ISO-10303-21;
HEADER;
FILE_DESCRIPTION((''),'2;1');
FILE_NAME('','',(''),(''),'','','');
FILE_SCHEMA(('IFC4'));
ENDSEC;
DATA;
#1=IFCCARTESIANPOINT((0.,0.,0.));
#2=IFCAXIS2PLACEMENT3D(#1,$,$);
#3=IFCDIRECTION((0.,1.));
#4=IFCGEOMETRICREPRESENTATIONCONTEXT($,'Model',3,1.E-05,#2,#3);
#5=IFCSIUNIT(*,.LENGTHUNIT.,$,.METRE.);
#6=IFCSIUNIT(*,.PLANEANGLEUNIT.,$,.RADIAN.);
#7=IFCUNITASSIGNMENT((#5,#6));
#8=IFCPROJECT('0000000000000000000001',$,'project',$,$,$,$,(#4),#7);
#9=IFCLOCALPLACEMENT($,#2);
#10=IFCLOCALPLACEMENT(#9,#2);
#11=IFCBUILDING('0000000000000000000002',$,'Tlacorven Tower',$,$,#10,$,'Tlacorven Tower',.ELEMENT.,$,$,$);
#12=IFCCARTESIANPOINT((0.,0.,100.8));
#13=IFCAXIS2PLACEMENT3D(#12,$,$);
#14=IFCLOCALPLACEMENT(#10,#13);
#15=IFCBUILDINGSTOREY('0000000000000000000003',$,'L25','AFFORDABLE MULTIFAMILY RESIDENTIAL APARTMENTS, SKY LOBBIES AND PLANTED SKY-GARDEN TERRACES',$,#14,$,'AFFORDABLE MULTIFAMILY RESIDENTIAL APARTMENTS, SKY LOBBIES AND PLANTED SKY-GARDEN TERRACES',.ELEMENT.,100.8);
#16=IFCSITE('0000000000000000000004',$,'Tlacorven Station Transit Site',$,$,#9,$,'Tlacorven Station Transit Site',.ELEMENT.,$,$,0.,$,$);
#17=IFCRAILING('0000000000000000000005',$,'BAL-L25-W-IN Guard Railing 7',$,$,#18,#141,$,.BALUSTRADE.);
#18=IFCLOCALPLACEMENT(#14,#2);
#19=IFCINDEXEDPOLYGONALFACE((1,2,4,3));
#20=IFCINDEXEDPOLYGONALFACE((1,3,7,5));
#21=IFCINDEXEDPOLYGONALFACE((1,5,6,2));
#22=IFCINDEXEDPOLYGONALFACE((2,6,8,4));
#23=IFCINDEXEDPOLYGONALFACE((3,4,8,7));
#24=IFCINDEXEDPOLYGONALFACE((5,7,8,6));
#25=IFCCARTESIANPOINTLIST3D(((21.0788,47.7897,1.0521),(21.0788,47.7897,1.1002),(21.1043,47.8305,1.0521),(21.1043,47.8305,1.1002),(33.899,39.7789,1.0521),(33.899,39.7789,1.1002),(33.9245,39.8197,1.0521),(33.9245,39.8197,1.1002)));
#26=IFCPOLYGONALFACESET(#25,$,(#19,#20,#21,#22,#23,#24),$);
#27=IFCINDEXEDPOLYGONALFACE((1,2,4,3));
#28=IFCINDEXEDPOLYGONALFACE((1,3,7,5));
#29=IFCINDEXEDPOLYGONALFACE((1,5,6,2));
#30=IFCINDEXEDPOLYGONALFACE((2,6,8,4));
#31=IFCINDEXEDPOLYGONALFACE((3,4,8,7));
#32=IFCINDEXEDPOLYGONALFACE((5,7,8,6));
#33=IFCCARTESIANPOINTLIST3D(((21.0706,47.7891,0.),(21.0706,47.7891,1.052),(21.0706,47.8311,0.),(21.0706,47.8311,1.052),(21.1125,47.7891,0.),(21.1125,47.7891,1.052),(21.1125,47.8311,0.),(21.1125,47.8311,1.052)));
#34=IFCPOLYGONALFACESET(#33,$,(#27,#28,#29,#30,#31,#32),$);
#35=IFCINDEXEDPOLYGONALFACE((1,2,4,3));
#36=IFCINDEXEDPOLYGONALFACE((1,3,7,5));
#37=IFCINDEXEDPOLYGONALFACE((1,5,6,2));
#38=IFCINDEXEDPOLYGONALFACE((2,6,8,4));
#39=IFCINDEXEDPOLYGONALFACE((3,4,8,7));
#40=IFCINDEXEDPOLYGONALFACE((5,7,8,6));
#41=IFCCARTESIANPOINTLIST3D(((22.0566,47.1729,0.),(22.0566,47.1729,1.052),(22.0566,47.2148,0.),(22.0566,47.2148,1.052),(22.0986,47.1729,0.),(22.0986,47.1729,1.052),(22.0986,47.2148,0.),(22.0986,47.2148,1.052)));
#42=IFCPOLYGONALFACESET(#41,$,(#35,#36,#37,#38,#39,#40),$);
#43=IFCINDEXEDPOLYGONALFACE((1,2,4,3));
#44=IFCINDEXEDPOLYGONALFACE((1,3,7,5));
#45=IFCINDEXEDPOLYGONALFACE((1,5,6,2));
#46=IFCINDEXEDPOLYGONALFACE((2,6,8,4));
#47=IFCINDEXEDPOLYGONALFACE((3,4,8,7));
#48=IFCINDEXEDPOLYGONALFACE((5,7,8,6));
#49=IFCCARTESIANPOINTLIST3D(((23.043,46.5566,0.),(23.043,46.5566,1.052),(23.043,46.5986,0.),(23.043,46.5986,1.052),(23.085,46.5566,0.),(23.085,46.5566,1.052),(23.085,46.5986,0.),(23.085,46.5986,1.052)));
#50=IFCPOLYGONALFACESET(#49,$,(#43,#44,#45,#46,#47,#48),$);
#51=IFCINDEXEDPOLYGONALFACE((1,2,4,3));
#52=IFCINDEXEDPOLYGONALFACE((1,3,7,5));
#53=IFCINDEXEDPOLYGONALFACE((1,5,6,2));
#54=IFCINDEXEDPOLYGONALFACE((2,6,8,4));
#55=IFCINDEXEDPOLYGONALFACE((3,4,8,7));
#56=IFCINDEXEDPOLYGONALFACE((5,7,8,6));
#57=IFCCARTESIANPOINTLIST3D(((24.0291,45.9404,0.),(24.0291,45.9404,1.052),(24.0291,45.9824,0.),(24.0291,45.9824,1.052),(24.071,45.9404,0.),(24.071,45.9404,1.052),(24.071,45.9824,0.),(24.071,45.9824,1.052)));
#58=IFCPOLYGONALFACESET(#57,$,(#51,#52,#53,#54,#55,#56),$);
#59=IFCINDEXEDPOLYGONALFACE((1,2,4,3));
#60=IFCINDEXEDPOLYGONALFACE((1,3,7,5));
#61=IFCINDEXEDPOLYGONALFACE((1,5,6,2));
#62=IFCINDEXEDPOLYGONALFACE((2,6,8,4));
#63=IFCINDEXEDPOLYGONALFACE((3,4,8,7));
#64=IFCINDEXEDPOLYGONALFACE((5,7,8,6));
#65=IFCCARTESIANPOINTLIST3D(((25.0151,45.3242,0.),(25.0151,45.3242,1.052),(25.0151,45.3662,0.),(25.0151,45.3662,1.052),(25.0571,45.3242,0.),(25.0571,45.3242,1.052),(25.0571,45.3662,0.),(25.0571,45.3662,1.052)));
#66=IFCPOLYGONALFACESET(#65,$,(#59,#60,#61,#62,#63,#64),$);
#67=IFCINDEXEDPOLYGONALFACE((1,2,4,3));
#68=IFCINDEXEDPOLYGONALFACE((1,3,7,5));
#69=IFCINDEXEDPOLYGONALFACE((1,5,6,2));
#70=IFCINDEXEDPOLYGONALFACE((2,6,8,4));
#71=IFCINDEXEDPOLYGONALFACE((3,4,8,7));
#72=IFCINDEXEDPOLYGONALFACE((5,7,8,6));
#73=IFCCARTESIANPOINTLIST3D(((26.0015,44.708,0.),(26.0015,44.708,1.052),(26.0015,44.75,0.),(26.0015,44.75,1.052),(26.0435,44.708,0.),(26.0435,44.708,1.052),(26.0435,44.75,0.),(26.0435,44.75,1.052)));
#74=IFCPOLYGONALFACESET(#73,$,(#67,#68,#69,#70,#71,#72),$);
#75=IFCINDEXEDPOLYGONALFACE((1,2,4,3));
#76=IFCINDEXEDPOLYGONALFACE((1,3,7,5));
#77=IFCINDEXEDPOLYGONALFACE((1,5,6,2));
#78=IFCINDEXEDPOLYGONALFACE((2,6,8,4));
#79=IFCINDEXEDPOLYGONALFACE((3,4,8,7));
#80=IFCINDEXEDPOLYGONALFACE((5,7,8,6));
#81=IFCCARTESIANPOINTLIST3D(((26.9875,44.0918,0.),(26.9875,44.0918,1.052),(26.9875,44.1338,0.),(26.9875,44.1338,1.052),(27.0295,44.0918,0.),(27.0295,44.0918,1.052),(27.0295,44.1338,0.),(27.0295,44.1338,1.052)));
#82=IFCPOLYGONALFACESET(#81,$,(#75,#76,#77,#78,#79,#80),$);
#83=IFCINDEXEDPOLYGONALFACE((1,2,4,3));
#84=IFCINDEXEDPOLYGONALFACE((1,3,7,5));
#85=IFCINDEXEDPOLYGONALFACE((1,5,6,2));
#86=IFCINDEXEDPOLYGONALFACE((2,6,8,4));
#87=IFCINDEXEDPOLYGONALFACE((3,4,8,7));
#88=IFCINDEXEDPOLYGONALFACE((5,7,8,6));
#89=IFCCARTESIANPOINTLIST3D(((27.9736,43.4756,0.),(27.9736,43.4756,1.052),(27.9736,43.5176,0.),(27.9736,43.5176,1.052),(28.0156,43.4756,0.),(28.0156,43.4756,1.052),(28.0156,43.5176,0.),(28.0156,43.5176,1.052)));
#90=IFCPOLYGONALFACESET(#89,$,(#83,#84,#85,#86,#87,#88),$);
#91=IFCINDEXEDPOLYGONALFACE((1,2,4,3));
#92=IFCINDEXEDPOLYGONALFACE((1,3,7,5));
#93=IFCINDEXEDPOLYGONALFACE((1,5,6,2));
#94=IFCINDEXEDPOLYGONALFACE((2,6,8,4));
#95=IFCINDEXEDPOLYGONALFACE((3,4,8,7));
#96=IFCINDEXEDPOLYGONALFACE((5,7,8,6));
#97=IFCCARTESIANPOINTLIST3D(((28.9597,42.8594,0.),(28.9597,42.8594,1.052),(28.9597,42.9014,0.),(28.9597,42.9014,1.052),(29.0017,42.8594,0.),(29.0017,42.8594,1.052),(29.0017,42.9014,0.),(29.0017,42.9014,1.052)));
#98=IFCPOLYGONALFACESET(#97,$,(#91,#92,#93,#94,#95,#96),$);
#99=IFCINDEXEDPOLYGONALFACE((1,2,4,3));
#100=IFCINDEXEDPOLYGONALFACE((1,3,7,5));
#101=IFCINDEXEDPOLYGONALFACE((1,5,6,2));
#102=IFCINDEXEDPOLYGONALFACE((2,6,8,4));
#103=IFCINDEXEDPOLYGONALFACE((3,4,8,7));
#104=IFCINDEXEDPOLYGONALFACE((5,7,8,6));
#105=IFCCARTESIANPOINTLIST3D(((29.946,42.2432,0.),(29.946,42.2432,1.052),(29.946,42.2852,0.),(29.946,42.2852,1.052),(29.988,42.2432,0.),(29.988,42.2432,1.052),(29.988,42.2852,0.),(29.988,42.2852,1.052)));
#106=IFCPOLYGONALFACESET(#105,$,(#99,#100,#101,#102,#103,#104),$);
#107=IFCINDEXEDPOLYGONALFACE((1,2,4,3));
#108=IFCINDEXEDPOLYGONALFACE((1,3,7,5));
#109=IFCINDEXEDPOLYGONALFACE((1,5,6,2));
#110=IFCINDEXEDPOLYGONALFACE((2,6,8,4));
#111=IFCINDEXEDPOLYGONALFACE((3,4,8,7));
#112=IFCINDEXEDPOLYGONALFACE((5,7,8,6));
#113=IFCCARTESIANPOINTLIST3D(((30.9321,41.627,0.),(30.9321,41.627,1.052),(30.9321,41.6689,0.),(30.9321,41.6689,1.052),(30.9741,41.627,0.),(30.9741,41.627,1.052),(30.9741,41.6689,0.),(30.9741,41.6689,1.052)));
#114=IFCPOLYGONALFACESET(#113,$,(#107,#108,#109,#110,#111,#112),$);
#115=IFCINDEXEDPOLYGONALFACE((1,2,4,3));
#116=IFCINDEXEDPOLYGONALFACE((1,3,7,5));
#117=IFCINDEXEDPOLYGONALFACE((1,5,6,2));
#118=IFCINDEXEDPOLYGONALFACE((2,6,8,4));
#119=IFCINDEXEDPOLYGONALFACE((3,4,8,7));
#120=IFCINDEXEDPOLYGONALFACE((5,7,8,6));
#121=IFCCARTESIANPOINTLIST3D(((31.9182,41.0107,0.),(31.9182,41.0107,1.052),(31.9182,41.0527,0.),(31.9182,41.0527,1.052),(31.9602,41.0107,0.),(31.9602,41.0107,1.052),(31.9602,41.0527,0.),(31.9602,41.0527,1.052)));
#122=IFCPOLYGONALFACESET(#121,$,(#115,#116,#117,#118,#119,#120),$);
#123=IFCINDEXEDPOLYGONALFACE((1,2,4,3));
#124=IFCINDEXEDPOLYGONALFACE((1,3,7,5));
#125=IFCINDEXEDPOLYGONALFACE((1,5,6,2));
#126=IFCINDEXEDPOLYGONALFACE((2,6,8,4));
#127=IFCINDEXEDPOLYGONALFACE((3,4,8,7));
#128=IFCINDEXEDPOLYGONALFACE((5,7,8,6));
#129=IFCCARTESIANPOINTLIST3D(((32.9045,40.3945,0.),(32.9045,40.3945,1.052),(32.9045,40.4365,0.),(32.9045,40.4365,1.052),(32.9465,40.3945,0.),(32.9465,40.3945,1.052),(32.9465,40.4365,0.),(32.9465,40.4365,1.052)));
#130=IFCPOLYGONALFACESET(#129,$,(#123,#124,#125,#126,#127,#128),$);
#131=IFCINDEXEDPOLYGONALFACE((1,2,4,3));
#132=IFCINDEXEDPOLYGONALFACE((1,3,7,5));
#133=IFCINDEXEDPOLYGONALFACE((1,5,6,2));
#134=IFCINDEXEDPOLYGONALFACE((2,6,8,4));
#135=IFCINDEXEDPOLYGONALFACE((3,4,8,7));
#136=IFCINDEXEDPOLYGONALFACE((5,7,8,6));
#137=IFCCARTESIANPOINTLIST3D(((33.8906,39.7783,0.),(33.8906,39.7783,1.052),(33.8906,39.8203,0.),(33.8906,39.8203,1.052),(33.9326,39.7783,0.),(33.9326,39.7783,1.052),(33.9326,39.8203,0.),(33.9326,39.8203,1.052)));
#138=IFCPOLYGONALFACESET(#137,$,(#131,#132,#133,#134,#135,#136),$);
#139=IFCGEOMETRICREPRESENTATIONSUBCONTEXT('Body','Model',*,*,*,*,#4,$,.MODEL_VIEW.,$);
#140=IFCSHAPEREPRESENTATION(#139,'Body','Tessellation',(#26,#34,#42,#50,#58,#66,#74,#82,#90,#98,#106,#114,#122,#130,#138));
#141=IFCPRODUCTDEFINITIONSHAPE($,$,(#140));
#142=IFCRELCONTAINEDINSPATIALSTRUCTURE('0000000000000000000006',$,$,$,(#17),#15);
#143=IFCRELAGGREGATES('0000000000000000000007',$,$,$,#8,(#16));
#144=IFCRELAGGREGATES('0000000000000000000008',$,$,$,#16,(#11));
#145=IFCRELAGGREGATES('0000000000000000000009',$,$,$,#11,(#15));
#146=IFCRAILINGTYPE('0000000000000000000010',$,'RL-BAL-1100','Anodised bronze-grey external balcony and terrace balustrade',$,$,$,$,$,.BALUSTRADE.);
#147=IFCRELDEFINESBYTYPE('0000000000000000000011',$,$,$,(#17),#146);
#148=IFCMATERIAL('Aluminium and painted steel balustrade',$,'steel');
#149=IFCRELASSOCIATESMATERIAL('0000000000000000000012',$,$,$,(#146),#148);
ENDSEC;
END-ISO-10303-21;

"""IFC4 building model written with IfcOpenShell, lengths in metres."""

from ifc_helpers import new_model, si_unit, direction, frame, origin, origin_2d, place, context, subcontext, project, spatial, rectangle, extrude, source, transform, mapped, material, type_object, element, save


model = new_model("IFC4")

# Units and contexts
model_context = context("Model", 3, precision=1e-05, world=origin(), true_north=direction((0.0, 1.0)))
body_context = subcontext(model_context, "Body", "Model", "MODEL_VIEW")
ifc_project = project(units=[si_unit("LENGTHUNIT", "METRE"), si_unit("PLANEANGLEUNIT", "RADIAN")], contexts=[model_context])

# Site, building, storey
site_placement = place(None, origin())
site = spatial("IfcSite", under=ifc_project, at=site_placement, Name="Tlacorven Station Transit Site", LongName="Tlacorven Station Transit Site", CompositionType="ELEMENT", RefElevation=0.0)
building_placement = place(site_placement, origin())
building = spatial("IfcBuilding", under=site, at=building_placement, Name="Tlacorven Tower", LongName="Tlacorven Tower", CompositionType="ELEMENT")
storey_placement = place(building_placement, frame((0.0, 0.0, 100.8)))
storey = spatial("IfcBuildingStorey", under=building, at=storey_placement, Name="L25", Description="AFFORDABLE MULTIFAMILY RESIDENTIAL APARTMENTS, SKY LOBBIES AND PLANTED SKY-GARDEN TERRACES", LongName="AFFORDABLE MULTIFAMILY RESIDENTIAL APARTMENTS, SKY LOBBIES AND PLANTED SKY-GARDEN TERRACES", CompositionType="ELEMENT", Elevation=100.8)

# Railing
ifc_material_1 = material(Name="Aluminium and painted steel balustrade", Category="steel")
railing_type = type_object("IfcRailingType", Name="RL-BAL-1100", Description="Anodised bronze-grey external balcony and terrace balustrade", PredefinedType="BALUSTRADE", material=ifc_material_1)
shared_shape_1 = source(origin(), body_context, "Body", "SweptSolid", [
    extrude(rectangle(XDim=0.0481, YDim=0.0481, at=origin_2d()), frame((0.0, 0.0, 1.0762), z_axis=(0.848052, -0.529913, 0.0), x_axis=(0.529913, 0.848052, 0.0)), (0.0, 0.0, 1.0), 15.1172),
    extrude(rectangle(XDim=0.042, YDim=0.042, at=origin_2d()), origin(), (0.0, 0.0, 1.0), 1.052),
    extrude(rectangle(XDim=0.042, YDim=0.042, at=origin_2d()), frame((0.9861, -0.6162, 0.0)), (0.0, 0.0, 1.0), 1.052),
    extrude(rectangle(XDim=0.042, YDim=0.042, at=origin_2d()), frame((1.9724, -1.2324, 0.0)), (0.0, 0.0, 1.0), 1.052),
    extrude(rectangle(XDim=0.042, YDim=0.042, at=origin_2d()), frame((2.9585, -1.8486, 0.0)), (0.0, 0.0, 1.0), 1.052),
    extrude(rectangle(XDim=0.042, YDim=0.042, at=origin_2d()), frame((3.9446, -2.4648, 0.0)), (0.0, 0.0, 1.0), 1.052),
    extrude(rectangle(XDim=0.042, YDim=0.042, at=origin_2d()), frame((4.9309, -3.0811, 0.0)), (0.0, 0.0, 1.0), 1.052),
    extrude(rectangle(XDim=0.042, YDim=0.042, at=origin_2d()), frame((5.917, -3.6973, 0.0)), (0.0, 0.0, 1.0), 1.052),
    extrude(rectangle(XDim=0.042, YDim=0.042, at=origin_2d()), frame((6.9031, -4.3135, 0.0)), (0.0, 0.0, 1.0), 1.052),
    extrude(rectangle(XDim=0.042, YDim=0.042, at=origin_2d()), frame((7.8892, -4.9297, 0.0)), (0.0, 0.0, 1.0), 1.052),
    extrude(rectangle(XDim=0.042, YDim=0.042, at=origin_2d()), frame((8.8755, -5.5459, 0.0)), (0.0, 0.0, 1.0), 1.052),
    extrude(rectangle(XDim=0.042, YDim=0.042, at=origin_2d()), frame((9.8616, -6.1621, 0.0)), (0.0, 0.0, 1.0), 1.052),
    extrude(rectangle(XDim=0.042, YDim=0.042, at=origin_2d()), frame((10.8477, -6.7783, 0.0)), (0.0, 0.0, 1.0), 1.052),
    extrude(rectangle(XDim=0.042, YDim=0.042, at=origin_2d()), frame((11.834, -7.3945, 0.0)), (0.0, 0.0, 1.0), 1.052),
    extrude(rectangle(XDim=0.042, YDim=0.042, at=origin_2d()), frame((12.8201, -8.0107, 0.0)), (0.0, 0.0, 1.0), 1.052),
])
railing_1_placement = place(storey_placement, frame((21.0916, 47.8101, 0.0)))
element("IfcRailing", 1, at=railing_1_placement, inside=storey, type_object=railing_type, Name="BAL-L25-W-IN Guard Railing 7", PredefinedType="BALUSTRADE", context=body_context, shape_type="MappedRepresentation", body=[
    mapped(shared_shape_1, transform((0.0, 0.0, 0.0), scale=1.0)),
])

save(model, "model.ifc")
